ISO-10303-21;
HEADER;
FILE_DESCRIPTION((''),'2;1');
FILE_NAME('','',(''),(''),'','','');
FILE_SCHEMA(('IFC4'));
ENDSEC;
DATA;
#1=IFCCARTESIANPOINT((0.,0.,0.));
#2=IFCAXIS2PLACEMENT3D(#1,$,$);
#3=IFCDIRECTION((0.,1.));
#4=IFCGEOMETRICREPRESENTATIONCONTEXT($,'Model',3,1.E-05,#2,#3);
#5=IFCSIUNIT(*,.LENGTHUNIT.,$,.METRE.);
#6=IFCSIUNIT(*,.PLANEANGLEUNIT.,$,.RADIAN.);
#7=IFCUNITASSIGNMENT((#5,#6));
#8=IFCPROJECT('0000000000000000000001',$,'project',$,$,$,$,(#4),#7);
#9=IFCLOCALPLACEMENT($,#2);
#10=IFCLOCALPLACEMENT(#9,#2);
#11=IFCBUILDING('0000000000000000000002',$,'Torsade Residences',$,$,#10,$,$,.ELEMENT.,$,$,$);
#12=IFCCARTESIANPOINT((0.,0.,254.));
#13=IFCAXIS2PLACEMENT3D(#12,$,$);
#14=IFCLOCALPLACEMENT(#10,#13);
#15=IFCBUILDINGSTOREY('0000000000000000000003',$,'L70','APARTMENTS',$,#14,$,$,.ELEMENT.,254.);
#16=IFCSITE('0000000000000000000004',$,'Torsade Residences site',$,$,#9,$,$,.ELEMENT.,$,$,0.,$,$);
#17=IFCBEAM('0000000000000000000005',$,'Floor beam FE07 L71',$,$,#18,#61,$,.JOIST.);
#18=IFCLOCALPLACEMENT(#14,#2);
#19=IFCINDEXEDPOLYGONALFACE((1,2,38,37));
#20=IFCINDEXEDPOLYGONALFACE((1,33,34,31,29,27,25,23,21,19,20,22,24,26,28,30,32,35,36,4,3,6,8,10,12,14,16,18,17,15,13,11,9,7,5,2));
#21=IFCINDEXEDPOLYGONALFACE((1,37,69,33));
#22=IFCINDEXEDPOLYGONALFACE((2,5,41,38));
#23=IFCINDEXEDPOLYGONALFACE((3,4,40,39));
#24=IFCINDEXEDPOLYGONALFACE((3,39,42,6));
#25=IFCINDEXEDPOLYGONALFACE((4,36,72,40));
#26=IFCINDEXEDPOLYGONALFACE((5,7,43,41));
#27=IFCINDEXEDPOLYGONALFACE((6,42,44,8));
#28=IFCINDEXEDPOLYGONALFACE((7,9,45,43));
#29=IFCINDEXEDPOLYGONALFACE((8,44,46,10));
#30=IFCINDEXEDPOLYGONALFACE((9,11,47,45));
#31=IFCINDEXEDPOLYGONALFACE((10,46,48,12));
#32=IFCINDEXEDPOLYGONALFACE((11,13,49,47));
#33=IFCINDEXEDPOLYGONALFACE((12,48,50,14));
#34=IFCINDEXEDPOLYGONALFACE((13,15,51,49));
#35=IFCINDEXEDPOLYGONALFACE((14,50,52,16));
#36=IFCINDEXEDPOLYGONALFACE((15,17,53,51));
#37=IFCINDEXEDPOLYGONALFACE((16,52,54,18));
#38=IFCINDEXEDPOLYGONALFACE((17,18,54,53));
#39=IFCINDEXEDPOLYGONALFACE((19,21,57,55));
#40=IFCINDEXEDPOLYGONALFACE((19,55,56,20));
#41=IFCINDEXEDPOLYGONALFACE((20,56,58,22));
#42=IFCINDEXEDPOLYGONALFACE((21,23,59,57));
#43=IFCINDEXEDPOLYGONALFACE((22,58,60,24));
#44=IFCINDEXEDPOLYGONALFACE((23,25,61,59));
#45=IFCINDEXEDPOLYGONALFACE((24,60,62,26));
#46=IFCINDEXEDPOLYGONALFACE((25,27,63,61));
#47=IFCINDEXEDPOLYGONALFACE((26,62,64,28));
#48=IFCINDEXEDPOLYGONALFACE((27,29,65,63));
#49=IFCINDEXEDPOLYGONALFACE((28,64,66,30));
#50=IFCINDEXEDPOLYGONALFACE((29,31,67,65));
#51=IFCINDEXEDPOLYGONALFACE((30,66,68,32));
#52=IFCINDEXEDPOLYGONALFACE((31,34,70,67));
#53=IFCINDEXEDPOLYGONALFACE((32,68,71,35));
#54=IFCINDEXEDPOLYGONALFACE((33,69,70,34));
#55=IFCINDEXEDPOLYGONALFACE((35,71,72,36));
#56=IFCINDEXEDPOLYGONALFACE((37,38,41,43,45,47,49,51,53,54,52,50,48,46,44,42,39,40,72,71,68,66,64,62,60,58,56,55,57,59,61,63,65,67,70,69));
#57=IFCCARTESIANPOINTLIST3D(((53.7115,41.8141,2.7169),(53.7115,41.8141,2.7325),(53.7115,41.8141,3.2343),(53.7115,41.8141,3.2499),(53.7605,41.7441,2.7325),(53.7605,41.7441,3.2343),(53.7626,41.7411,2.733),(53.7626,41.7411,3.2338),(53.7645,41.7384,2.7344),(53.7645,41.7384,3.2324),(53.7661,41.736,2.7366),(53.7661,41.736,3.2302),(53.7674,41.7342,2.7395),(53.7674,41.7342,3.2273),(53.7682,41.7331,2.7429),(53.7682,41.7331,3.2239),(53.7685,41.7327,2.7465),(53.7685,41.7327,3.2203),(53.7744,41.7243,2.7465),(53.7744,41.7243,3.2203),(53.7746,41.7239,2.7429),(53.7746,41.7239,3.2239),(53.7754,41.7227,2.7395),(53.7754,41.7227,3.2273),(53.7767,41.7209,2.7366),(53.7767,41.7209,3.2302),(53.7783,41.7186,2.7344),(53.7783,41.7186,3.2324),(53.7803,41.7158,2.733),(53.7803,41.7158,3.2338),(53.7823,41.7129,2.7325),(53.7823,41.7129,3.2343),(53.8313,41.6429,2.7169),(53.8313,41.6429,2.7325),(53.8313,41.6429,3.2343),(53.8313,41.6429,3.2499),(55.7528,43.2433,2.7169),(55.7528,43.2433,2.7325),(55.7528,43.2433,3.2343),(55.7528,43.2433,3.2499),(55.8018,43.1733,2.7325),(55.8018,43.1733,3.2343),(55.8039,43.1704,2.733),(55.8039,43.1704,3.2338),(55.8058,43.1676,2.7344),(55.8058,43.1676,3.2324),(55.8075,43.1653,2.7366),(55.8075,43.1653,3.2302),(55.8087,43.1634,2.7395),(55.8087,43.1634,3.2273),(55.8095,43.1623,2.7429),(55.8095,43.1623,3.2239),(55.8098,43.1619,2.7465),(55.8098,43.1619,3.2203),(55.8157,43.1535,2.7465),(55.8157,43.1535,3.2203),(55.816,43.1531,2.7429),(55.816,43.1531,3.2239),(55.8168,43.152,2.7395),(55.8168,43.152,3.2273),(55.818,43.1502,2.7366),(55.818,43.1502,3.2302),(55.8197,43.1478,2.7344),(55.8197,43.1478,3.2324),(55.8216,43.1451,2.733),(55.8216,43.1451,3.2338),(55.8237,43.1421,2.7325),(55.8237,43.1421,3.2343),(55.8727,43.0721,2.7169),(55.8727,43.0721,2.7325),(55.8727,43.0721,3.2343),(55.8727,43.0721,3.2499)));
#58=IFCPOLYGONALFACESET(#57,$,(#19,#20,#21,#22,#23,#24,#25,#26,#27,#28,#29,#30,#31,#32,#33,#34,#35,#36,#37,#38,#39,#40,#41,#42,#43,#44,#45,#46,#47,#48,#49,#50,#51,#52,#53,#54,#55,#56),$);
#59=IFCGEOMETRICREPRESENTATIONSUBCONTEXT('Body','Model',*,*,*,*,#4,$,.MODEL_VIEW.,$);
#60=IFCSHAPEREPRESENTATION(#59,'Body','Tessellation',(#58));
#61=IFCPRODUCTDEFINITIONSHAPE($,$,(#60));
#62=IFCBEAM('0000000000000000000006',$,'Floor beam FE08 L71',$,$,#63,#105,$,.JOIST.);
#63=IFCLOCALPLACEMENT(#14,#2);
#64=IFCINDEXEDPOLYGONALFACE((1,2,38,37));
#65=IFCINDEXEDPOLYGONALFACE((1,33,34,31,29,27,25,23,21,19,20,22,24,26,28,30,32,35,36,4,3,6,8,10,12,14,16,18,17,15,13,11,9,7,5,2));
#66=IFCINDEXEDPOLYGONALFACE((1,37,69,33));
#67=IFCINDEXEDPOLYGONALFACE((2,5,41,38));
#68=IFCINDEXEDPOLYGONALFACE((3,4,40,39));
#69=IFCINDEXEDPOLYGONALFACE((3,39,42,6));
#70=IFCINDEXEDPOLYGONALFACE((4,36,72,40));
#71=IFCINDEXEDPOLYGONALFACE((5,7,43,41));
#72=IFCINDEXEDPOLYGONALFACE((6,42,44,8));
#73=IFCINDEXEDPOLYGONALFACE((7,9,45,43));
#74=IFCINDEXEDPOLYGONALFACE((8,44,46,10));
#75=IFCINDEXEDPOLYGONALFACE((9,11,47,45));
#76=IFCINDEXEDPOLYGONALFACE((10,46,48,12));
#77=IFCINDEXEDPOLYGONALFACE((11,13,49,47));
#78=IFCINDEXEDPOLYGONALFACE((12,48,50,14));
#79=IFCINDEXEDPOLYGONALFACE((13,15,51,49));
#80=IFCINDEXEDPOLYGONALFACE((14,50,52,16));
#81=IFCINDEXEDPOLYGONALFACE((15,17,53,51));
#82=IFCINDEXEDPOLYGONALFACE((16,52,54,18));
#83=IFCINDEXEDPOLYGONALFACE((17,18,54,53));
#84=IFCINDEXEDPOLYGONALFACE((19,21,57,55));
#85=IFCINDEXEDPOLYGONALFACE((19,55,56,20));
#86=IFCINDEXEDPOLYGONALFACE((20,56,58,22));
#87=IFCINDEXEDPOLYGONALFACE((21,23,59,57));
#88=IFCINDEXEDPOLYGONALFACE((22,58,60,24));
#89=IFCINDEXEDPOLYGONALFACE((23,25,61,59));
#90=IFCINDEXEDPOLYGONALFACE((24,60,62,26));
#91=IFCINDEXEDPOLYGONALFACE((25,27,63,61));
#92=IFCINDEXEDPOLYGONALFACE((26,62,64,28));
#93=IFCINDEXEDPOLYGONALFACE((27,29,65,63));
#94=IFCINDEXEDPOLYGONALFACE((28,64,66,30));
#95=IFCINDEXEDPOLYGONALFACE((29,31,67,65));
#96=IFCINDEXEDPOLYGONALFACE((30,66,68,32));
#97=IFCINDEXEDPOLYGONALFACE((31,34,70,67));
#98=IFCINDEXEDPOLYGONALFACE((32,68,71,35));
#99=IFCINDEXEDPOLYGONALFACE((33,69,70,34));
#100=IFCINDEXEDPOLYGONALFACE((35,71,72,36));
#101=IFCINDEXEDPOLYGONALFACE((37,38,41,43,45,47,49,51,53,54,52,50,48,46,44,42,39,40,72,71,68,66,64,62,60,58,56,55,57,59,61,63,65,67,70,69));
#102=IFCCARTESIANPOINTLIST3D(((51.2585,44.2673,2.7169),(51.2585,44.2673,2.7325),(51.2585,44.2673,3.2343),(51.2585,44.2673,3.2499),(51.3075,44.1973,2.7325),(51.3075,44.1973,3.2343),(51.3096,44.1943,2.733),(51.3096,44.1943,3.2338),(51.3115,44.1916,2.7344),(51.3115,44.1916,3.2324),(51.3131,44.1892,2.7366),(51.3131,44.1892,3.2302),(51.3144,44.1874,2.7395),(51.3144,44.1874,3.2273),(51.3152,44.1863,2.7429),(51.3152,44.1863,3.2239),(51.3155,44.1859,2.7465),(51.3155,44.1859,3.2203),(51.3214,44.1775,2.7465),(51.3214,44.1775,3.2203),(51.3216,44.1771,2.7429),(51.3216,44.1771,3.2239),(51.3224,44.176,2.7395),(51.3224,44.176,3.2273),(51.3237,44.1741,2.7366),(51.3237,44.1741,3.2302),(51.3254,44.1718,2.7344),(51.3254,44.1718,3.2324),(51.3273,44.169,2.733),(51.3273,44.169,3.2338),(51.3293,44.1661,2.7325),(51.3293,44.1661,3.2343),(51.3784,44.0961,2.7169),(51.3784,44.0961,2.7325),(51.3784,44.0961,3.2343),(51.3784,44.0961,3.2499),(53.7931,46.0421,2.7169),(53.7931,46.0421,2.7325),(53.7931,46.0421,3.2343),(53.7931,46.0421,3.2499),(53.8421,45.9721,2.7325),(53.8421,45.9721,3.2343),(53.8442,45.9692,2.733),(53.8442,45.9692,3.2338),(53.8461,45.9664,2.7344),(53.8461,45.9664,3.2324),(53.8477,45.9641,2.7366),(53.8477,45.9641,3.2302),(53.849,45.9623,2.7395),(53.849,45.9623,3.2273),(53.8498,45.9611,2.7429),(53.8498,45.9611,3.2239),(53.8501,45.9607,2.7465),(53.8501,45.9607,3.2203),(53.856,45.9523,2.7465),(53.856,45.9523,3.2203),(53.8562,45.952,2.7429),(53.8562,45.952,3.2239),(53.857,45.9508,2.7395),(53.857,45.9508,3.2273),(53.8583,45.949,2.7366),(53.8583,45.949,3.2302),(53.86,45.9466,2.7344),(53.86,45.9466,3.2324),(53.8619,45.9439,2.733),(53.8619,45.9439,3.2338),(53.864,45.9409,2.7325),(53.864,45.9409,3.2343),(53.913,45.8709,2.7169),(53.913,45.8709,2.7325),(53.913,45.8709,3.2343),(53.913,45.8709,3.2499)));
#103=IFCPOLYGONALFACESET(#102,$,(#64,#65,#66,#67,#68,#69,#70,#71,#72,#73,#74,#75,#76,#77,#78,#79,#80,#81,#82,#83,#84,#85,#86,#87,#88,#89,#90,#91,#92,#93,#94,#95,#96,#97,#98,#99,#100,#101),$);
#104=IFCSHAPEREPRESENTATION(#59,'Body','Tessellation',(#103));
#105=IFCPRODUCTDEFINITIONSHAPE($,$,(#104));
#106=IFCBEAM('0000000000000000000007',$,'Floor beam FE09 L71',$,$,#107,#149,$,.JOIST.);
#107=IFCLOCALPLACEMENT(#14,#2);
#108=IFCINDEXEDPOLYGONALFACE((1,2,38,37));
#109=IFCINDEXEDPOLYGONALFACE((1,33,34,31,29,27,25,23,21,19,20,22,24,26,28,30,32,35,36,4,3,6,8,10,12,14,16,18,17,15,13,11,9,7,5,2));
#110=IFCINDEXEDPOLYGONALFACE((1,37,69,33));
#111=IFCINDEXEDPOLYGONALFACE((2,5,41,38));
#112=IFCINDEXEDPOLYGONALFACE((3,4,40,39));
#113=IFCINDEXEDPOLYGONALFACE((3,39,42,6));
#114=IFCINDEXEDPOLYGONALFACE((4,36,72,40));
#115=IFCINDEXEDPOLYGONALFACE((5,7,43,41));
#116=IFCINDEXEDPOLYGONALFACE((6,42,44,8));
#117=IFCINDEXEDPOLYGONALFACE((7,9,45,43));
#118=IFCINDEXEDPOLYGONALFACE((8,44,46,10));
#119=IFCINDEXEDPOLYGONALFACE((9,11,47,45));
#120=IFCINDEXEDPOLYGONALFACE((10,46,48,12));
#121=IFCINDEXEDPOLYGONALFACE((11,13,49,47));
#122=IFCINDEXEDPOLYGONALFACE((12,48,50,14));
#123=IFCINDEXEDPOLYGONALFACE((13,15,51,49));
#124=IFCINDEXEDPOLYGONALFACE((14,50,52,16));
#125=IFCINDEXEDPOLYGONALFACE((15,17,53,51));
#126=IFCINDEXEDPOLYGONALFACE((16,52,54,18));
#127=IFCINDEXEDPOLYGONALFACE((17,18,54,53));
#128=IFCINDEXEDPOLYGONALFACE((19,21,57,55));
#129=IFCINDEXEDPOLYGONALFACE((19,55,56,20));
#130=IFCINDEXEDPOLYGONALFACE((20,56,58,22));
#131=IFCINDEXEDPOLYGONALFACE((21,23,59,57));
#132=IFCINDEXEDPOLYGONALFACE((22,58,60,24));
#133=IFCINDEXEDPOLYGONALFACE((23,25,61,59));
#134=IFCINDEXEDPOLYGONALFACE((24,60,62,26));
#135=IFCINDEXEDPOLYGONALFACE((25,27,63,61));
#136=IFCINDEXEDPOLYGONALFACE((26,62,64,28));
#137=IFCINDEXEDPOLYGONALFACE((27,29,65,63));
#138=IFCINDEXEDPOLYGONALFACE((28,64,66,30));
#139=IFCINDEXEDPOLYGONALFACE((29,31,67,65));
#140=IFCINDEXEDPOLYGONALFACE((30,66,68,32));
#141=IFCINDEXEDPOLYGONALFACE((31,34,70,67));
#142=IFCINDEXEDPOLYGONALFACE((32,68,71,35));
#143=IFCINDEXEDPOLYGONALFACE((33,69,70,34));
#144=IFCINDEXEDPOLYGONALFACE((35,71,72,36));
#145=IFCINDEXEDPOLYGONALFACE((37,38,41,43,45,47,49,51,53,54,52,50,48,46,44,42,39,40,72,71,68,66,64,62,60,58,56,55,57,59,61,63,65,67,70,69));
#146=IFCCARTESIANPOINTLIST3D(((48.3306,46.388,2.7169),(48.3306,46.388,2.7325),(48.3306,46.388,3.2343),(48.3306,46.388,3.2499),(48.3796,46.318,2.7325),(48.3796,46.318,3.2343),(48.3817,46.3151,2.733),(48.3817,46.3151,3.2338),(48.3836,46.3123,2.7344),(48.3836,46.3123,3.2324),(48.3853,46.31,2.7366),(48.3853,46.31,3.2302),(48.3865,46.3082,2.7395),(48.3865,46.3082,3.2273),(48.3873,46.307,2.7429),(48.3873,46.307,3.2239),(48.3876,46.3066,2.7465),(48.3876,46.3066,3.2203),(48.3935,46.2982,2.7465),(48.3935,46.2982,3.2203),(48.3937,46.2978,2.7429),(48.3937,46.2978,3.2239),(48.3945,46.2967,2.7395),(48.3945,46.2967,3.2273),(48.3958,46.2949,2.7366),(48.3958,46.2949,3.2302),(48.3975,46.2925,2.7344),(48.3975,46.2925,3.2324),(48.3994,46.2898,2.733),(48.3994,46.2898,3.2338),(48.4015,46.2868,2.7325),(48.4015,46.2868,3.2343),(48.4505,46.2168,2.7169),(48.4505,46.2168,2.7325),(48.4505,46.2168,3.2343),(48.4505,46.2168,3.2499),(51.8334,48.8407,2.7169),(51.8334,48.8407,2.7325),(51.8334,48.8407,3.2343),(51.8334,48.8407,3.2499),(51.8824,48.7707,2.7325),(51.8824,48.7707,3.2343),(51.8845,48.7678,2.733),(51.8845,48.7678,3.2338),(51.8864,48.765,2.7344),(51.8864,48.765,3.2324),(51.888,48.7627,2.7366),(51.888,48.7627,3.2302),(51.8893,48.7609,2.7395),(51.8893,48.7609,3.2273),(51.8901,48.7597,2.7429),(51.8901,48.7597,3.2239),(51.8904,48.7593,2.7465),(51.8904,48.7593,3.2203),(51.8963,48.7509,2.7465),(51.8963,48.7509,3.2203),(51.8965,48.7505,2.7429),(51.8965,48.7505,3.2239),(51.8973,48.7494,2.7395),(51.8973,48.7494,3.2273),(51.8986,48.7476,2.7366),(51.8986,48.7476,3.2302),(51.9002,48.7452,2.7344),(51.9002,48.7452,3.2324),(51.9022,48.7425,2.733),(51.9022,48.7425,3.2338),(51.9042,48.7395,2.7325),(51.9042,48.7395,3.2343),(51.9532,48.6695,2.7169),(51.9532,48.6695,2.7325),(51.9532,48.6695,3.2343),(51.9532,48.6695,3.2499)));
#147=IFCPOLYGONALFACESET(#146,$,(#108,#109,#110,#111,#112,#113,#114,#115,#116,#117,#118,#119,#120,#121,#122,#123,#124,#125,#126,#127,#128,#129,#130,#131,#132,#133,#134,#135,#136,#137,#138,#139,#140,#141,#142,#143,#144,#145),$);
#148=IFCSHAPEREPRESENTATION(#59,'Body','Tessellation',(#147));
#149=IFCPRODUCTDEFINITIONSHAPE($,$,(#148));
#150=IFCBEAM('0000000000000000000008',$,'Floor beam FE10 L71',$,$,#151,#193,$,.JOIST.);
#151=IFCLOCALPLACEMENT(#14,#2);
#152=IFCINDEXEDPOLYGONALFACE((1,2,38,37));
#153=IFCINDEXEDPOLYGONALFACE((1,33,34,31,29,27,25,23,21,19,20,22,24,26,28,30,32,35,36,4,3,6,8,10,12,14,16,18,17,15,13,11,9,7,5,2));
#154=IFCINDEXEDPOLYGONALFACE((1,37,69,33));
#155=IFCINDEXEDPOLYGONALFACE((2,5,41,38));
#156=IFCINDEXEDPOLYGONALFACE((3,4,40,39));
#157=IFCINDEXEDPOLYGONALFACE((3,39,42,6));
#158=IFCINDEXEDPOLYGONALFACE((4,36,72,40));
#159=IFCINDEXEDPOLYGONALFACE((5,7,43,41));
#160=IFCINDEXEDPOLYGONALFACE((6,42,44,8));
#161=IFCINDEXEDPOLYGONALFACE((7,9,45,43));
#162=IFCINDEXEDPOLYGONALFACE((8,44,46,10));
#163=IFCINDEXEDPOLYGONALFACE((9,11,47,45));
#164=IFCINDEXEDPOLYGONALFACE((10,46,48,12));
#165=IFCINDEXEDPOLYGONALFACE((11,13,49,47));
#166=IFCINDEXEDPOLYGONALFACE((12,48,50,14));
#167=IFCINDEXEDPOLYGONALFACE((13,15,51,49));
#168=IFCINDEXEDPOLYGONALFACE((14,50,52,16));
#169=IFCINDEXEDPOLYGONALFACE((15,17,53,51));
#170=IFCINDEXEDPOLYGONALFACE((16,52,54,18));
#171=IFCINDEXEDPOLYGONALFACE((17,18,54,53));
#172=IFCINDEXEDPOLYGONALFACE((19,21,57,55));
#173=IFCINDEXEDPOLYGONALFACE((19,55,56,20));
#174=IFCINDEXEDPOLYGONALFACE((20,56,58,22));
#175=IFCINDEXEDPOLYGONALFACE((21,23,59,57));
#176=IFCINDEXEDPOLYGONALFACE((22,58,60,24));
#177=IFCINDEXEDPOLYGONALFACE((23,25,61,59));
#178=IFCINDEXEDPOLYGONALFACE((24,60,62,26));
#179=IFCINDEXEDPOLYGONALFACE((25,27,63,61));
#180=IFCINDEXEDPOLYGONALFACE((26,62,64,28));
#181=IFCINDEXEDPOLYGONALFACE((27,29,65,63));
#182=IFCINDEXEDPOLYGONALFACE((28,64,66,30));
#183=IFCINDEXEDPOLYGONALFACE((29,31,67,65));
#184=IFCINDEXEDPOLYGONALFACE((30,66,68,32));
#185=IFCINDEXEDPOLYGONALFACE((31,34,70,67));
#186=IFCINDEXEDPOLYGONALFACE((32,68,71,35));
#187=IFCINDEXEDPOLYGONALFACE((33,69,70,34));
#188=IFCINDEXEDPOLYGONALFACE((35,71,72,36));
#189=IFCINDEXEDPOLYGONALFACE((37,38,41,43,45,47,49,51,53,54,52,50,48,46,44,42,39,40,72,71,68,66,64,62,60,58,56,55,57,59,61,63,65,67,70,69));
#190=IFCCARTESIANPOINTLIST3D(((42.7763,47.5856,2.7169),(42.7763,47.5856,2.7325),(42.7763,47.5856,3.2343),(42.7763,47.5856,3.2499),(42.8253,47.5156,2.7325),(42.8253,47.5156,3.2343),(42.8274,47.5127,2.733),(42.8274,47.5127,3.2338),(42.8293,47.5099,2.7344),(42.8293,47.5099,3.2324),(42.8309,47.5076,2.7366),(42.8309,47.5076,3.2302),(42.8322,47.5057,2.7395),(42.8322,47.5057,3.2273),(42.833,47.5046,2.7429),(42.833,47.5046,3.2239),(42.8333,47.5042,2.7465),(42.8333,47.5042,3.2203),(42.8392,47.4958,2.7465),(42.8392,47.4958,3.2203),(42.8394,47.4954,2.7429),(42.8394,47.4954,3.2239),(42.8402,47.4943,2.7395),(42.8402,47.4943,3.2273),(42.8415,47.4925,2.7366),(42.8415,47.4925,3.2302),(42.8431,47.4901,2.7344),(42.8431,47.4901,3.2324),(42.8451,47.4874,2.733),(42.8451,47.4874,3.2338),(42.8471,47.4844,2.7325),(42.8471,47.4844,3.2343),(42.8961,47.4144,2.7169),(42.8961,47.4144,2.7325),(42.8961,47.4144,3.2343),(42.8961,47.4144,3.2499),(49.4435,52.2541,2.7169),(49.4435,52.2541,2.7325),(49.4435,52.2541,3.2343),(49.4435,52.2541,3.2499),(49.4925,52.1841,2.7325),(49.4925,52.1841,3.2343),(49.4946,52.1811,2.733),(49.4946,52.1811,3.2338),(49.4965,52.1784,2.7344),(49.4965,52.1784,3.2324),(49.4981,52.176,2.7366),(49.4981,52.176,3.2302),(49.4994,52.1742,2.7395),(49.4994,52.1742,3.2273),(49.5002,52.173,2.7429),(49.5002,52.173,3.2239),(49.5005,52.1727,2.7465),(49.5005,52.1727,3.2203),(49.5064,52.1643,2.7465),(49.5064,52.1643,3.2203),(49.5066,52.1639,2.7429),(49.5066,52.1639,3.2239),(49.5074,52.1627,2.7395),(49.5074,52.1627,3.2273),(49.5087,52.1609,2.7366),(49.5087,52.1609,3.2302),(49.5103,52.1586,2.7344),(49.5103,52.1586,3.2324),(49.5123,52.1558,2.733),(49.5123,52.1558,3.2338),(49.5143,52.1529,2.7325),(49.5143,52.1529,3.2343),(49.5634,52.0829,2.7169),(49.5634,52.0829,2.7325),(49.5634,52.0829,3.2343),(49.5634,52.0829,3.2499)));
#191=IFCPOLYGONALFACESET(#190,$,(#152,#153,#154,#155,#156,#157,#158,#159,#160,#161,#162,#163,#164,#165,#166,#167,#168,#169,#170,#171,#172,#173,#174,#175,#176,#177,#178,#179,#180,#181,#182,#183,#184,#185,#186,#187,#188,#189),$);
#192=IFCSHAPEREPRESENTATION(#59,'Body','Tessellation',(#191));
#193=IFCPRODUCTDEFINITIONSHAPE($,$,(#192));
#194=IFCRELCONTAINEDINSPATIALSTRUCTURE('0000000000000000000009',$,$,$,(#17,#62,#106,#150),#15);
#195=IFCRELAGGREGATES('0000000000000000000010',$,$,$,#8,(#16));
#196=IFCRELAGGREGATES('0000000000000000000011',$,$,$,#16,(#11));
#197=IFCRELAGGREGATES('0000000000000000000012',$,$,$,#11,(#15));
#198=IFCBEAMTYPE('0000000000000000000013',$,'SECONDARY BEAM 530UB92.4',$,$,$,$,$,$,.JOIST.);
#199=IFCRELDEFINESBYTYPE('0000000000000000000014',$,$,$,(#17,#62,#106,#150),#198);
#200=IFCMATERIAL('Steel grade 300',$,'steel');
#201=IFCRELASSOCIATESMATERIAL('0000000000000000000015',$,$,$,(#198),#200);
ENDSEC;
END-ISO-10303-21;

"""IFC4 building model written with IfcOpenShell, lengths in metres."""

from ifc_helpers import new_model, si_unit, direction, frame, origin, origin_2d, place, context, subcontext, project, spatial, i_section, extrude, material, material_profile, profile_set, type_object, element, save


model = new_model("IFC4")

# Units and contexts
model_context = context("Model", 3, precision=1e-05, world=origin(), true_north=direction((0.0, 1.0)))
body_context = subcontext(model_context, "Body", "Model", "MODEL_VIEW")
ifc_project = project(units=[si_unit("LENGTHUNIT", "METRE"), si_unit("PLANEANGLEUNIT", "RADIAN")], contexts=[model_context])

# Site, building, storey
site_placement = place(None, origin())
site = spatial("IfcSite", under=ifc_project, at=site_placement, Name="Torsade Residences site", CompositionType="ELEMENT", RefElevation=0.0)
building_placement = place(site_placement, origin())
building = spatial("IfcBuilding", under=site, at=building_placement, Name="Torsade Residences", CompositionType="ELEMENT")
storey_placement = place(building_placement, frame((0.0, 0.0, 254.0)))
storey = spatial("IfcBuildingStorey", under=building, at=storey_placement, Name="L70", Description="APARTMENTS", CompositionType="ELEMENT", Elevation=254.0)

# Beams
ifc_material_1 = material(Name="Steel grade 300", Category="steel")
ifc_material_profile_1 = material_profile(ifc_material_1, i_section(OverallWidth=0.209, OverallDepth=0.533, WebThickness=0.0103, FlangeThickness=0.0156, FilletRadius=0.0139, at=origin_2d()), Name="530UB92.4")
ifc_profile_set_1 = profile_set([ifc_material_profile_1], Name="Steel grade 300")
beam_type_1 = type_object("IfcBeamType", Name="SECONDARY BEAM 530UB92.4", PredefinedType="JOIST", material=ifc_profile_set_1)
beam_1_placement = place(storey_placement, frame((55.8127, 43.1577, 2.9834), z_axis=(-0.819172, -0.573548, 0.0), x_axis=(0.573548, -0.819172, 0.0)))
element("IfcBeam", 1, at=beam_1_placement, inside=storey, type_object=beam_type_1, Name="Floor beam FE07 L71", PredefinedType="JOIST", context=body_context, shape_type="SweptSolid", body=[
    extrude(i_section(OverallWidth=0.209, OverallDepth=0.533, WebThickness=0.0103, FlangeThickness=0.0156, FilletRadius=0.0139, at=origin_2d()), origin(), (0.0, 0.0, 1.0), 2.4919),
])
beam_2_placement = place(storey_placement, frame((53.853, 45.9565, 2.9834), z_axis=(-0.819136, -0.5736, 0.0), x_axis=(0.5736, -0.819136, 0.0)))
element("IfcBeam", 2, at=beam_2_placement, inside=storey, type_object=beam_type_1, Name="Floor beam FE08 L71", PredefinedType="JOIST", context=body_context, shape_type="SweptSolid", body=[
    extrude(i_section(OverallWidth=0.209, OverallDepth=0.533, WebThickness=0.0103, FlangeThickness=0.0156, FilletRadius=0.0139, at=origin_2d()), origin(), (0.0, 0.0, 1.0), 3.0942),
])
beam_3_placement = place(storey_placement, frame((51.8933, 48.7551, 2.9834), z_axis=(-0.819149, -0.573581, 0.0), x_axis=(0.573581, -0.819149, 0.0)))
element("IfcBeam", 3, at=beam_3_placement, inside=storey, type_object=beam_type_1, Name="Floor beam FE09 L71", PredefinedType="JOIST", context=body_context, shape_type="SweptSolid", body=[
    extrude(i_section(OverallWidth=0.209, OverallDepth=0.533, WebThickness=0.0103, FlangeThickness=0.0156, FilletRadius=0.0139, at=origin_2d()), origin(), (0.0, 0.0, 1.0), 4.2761),
])
beam_4_placement = place(storey_placement, frame((49.5034, 52.1685, 2.9834), z_axis=(-0.819152, -0.573577, 0.0), x_axis=(0.573577, -0.819152, 0.0)))
element("IfcBeam", 4, at=beam_4_placement, inside=storey, type_object=beam_type_1, Name="Floor beam FE10 L71", PredefinedType="JOIST", context=body_context, shape_type="SweptSolid", body=[
    extrude(i_section(OverallWidth=0.209, OverallDepth=0.533, WebThickness=0.0103, FlangeThickness=0.0156, FilletRadius=0.0139, at=origin_2d()), origin(), (0.0, 0.0, 1.0), 8.1392),
])

save(model, "model.ifc")
